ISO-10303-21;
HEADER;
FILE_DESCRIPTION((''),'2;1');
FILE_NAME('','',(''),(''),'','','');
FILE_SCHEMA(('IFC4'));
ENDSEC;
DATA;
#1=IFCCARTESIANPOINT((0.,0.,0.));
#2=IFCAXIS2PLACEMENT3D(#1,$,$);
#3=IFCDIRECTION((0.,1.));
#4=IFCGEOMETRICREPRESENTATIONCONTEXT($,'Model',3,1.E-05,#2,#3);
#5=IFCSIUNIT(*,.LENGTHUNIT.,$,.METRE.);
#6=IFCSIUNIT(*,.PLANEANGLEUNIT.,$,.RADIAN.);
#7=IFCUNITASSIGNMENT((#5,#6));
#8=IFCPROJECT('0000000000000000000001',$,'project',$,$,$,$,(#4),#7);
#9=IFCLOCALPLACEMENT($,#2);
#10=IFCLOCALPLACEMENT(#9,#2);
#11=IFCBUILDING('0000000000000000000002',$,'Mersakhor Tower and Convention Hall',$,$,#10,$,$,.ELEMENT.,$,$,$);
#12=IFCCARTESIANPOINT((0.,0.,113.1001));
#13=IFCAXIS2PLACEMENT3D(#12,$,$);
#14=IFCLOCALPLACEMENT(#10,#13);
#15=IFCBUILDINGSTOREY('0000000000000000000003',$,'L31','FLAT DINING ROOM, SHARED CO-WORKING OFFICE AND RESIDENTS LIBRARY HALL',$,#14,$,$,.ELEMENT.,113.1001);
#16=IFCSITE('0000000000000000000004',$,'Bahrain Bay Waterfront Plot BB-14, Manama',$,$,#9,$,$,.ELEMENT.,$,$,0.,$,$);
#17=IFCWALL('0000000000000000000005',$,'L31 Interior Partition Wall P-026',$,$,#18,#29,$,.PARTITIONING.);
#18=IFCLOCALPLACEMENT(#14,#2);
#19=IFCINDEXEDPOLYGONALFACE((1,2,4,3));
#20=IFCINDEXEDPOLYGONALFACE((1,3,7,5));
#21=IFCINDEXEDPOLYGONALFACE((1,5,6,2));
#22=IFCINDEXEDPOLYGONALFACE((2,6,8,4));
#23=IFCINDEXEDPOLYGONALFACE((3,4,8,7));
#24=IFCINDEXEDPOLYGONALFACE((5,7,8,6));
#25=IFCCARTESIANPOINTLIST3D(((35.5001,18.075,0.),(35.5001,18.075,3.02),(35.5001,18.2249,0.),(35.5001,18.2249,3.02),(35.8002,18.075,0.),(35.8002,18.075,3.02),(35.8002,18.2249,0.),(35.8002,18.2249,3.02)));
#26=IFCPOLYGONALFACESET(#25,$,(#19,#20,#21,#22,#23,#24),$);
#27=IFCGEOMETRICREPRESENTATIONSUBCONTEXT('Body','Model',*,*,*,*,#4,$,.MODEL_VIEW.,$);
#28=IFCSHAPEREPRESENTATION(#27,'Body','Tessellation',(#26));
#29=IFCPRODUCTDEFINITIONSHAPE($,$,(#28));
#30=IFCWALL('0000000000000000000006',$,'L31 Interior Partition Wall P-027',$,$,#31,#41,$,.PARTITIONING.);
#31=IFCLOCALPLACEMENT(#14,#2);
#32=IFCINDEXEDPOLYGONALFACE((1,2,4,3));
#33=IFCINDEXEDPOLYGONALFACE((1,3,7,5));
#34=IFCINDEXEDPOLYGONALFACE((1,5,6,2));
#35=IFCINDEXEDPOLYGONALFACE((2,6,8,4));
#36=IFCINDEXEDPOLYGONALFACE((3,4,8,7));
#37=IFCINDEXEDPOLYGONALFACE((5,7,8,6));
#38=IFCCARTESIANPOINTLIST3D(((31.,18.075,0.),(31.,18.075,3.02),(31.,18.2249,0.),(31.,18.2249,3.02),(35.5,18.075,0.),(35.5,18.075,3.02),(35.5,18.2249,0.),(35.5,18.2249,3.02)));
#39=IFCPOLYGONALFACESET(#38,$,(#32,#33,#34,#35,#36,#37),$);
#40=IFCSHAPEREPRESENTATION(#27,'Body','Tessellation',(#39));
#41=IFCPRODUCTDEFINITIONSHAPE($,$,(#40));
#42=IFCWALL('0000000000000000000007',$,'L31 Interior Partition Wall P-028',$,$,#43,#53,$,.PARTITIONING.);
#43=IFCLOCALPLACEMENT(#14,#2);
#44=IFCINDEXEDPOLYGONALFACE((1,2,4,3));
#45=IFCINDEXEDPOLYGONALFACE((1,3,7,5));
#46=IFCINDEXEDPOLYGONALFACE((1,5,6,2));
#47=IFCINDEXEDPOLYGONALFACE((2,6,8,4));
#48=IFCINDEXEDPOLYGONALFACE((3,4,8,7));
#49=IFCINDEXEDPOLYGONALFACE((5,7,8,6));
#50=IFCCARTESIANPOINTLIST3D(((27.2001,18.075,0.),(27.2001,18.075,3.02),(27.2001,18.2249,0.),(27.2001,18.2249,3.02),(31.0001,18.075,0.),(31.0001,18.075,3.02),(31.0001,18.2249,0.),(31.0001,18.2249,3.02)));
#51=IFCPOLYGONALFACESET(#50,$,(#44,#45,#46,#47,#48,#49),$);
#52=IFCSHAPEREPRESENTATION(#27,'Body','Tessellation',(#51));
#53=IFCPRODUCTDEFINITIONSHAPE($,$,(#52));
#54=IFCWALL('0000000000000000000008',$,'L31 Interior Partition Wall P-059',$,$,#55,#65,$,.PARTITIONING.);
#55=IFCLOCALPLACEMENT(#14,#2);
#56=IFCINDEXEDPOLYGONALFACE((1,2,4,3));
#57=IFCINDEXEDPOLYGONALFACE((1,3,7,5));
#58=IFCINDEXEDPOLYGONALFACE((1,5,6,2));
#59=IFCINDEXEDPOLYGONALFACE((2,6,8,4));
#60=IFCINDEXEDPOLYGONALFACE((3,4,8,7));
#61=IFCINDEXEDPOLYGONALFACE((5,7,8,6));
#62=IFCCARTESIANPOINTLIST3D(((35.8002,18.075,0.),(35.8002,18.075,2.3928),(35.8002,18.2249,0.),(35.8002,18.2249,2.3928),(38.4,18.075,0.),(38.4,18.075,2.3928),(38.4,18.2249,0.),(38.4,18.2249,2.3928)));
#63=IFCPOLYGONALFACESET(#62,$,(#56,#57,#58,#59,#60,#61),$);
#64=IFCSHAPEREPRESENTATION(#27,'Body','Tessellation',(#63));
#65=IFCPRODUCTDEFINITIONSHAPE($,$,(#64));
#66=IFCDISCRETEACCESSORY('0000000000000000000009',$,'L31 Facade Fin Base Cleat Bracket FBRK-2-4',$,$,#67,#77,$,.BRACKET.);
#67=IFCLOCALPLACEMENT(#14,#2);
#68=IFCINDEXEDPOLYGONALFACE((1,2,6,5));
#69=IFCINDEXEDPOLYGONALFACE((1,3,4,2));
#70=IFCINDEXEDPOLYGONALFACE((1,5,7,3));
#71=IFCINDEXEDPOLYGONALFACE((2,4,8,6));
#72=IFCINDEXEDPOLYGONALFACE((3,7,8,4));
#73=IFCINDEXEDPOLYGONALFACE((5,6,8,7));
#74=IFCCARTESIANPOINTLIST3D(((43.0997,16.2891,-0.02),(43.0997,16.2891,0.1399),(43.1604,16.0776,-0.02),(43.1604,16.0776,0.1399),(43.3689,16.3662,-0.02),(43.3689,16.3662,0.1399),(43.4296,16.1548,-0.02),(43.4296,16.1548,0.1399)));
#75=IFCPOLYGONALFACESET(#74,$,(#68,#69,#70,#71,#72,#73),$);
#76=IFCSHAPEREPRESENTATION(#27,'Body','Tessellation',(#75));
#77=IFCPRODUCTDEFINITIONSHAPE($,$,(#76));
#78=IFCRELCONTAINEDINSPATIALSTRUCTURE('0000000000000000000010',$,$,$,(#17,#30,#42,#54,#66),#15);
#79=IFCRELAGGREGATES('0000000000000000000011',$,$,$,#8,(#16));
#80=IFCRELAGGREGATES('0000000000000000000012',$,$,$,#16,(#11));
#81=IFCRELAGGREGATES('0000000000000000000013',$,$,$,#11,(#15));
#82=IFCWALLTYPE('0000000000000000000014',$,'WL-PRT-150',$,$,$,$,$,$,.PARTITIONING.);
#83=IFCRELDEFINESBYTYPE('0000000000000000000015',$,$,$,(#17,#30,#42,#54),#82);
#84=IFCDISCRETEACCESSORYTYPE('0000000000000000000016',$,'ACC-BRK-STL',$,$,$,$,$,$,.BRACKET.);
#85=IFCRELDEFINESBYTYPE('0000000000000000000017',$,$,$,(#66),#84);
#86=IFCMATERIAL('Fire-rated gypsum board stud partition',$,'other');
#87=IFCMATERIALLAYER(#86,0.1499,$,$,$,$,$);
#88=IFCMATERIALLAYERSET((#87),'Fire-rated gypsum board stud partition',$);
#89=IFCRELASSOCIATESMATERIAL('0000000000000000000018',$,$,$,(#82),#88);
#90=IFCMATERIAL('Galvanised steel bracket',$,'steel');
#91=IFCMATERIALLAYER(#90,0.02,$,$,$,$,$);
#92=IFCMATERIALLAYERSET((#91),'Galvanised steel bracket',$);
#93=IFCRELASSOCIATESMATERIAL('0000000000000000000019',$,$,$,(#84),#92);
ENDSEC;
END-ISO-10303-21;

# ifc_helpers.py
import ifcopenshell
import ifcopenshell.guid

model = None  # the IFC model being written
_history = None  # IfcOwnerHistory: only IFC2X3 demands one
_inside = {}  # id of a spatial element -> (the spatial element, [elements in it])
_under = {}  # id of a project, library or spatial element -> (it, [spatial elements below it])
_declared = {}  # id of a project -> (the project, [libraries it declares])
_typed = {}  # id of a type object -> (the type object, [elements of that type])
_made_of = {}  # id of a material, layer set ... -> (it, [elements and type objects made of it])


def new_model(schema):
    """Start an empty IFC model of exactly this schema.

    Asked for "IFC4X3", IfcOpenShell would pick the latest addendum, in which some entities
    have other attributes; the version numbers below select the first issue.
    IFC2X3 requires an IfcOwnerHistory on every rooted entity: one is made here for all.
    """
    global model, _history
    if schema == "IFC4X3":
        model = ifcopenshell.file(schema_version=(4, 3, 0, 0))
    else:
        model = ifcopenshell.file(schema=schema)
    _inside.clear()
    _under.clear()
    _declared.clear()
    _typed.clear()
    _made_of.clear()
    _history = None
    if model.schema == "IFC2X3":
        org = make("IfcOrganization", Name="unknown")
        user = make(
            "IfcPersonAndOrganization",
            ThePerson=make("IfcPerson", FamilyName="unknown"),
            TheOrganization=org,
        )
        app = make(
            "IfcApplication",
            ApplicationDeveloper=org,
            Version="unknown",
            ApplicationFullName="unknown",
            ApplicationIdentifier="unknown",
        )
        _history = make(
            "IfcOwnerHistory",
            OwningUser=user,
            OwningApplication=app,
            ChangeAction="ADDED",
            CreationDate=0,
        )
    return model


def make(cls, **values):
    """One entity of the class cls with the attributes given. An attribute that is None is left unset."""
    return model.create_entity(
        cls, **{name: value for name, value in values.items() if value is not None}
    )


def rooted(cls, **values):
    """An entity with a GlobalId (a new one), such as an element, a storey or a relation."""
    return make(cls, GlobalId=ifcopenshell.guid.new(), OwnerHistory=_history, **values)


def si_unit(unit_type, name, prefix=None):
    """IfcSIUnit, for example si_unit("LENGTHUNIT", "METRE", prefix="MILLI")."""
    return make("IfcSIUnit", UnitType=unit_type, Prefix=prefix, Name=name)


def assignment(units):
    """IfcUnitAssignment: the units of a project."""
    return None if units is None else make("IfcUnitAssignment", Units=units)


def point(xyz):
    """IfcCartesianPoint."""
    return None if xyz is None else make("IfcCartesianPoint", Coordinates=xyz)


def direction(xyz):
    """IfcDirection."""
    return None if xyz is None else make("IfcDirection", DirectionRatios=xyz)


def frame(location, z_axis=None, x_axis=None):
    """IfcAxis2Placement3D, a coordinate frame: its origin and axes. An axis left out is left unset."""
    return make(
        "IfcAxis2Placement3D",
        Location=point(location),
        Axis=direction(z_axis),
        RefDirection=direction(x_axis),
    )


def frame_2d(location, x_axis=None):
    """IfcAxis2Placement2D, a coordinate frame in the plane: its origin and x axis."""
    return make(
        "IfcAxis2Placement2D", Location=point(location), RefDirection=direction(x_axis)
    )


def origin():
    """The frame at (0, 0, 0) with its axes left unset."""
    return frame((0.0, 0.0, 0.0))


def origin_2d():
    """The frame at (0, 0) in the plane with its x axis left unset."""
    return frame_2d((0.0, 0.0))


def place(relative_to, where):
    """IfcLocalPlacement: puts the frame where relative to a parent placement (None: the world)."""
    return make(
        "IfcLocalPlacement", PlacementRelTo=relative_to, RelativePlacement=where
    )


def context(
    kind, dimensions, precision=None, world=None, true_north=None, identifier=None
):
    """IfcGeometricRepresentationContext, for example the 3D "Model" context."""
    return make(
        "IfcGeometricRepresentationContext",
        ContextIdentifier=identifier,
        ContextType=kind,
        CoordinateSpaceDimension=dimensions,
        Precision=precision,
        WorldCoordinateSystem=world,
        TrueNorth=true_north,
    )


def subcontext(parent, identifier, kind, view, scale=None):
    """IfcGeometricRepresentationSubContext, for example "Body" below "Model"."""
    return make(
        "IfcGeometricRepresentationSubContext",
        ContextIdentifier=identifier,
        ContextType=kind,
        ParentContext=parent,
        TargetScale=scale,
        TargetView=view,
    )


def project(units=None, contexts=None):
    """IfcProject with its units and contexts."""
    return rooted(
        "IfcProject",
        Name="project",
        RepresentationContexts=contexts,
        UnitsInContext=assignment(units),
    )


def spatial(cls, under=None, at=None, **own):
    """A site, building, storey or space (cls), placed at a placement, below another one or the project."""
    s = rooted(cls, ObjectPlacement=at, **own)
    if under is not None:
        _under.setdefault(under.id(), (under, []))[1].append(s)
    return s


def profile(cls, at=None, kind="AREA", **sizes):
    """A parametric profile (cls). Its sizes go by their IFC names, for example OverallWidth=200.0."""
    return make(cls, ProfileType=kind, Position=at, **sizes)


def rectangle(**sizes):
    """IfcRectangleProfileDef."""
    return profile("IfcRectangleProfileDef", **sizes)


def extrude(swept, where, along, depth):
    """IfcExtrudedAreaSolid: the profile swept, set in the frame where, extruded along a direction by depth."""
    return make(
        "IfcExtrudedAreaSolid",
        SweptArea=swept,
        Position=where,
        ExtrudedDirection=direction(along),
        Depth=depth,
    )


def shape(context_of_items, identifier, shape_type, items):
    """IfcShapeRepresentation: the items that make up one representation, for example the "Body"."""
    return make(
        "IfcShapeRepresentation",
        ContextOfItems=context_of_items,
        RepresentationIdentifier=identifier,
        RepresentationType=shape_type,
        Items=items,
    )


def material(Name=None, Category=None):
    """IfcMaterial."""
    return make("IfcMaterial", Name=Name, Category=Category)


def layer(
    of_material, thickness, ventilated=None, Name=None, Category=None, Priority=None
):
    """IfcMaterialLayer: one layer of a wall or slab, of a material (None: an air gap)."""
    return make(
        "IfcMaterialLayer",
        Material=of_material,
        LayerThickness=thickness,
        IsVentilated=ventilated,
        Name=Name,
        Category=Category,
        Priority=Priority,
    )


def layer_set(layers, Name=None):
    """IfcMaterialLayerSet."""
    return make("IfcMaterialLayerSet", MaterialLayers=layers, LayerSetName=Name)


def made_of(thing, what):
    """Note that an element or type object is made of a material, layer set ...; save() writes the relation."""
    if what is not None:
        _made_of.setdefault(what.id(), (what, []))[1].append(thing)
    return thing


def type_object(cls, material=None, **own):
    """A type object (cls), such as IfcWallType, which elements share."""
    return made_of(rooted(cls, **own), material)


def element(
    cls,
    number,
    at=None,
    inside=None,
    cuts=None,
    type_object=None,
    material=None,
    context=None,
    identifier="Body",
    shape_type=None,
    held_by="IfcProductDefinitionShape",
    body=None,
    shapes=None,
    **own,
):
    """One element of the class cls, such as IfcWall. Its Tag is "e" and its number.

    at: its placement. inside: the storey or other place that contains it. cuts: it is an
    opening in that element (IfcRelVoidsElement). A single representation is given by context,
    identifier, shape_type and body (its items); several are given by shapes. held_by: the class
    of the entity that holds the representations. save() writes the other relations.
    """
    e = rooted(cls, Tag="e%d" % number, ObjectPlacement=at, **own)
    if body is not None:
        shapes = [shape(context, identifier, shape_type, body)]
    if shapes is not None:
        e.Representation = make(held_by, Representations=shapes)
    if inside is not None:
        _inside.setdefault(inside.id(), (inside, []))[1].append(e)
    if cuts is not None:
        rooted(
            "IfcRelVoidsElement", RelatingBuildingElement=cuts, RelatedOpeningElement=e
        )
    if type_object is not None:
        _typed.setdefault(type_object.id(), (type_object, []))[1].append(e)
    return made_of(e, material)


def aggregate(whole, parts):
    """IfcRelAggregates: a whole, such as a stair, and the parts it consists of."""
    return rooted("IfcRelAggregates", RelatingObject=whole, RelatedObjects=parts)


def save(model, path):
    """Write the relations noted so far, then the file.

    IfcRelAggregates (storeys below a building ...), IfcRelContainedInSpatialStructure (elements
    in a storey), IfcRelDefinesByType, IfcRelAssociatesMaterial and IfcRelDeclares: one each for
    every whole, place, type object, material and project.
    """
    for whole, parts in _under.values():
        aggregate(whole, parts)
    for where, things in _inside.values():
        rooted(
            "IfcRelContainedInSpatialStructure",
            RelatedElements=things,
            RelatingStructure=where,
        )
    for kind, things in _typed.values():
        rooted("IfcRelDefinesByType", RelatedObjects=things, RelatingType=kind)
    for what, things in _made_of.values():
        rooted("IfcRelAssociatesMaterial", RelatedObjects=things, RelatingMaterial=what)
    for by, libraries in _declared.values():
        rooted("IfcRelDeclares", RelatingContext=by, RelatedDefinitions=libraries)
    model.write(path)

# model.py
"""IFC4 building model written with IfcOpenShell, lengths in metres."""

from ifc_helpers import new_model, si_unit, direction, frame, frame_2d, origin, origin_2d, place, context, subcontext, project, spatial, rectangle, extrude, material, layer, layer_set, type_object, element, save


model = new_model("IFC4")

# Units and contexts
model_context = context("Model", 3, precision=1e-05, world=origin(), true_north=direction((0.0, 1.0)))
body_context = subcontext(model_context, "Body", "Model", "MODEL_VIEW")
ifc_project = project(units=[si_unit("LENGTHUNIT", "METRE"), si_unit("PLANEANGLEUNIT", "RADIAN")], contexts=[model_context])

# Site, building, storey
site_placement = place(None, origin())
site = spatial("IfcSite", under=ifc_project, at=site_placement, Name="Bahrain Bay Waterfront Plot BB-14, Manama", CompositionType="ELEMENT", RefElevation=0.0)
building_placement = place(site_placement, origin())
building = spatial("IfcBuilding", under=site, at=building_placement, Name="Mersakhor Tower and Convention Hall", CompositionType="ELEMENT")
storey_placement = place(building_placement, frame((0.0, 0.0, 113.1001)))
storey = spatial("IfcBuildingStorey", under=building, at=storey_placement, Name="L31", Description="FLAT DINING ROOM, SHARED CO-WORKING OFFICE AND RESIDENTS LIBRARY HALL", CompositionType="ELEMENT", Elevation=113.1001)

# Walls
ifc_material_1 = material(Name="Fire-rated gypsum board stud partition", Category="other")
ifc_layer_1 = layer(ifc_material_1, 0.1499)
ifc_layer_set_1 = layer_set([ifc_layer_1], Name="Fire-rated gypsum board stud partition")
wall_type_1 = type_object("IfcWallType", Name="WL-PRT-150", PredefinedType="PARTITIONING", material=ifc_layer_set_1)
wall_1_placement = place(storey_placement, frame((35.8, 18.1499, 0.0), z_axis=(0.0, 0.0, 1.0), x_axis=(-1.0, 0.0, 0.0)))
element("IfcWall", 1, at=wall_1_placement, inside=storey, type_object=wall_type_1, Name="L31 Interior Partition Wall P-026", PredefinedType="PARTITIONING", context=body_context, shape_type="SweptSolid", body=[
    extrude(rectangle(XDim=0.3, YDim=0.1499, at=frame_2d((0.1499, 0.0))), origin(), (0.0, 0.0, 1.0), 3.02),
])
wall_2_placement = place(storey_placement, frame((35.5, 18.1499, 0.0), z_axis=(0.0, 0.0, 1.0), x_axis=(-1.0, 0.0, 0.0)))
element("IfcWall", 2, at=wall_2_placement, inside=storey, type_object=wall_type_1, Name="L31 Interior Partition Wall P-027", PredefinedType="PARTITIONING", context=body_context, shape_type="SweptSolid", body=[
    extrude(rectangle(XDim=4.5, YDim=0.1499, at=frame_2d((2.25, 0.0))), origin(), (0.0, 0.0, 1.0), 3.02),
])
wall_3_placement = place(storey_placement, frame((31.0, 18.1499, 0.0), z_axis=(0.0, 0.0, 1.0), x_axis=(-1.0, 0.0, 0.0)))
element("IfcWall", 3, at=wall_3_placement, inside=storey, type_object=wall_type_1, Name="L31 Interior Partition Wall P-028", PredefinedType="PARTITIONING", context=body_context, shape_type="SweptSolid", body=[
    extrude(rectangle(XDim=3.8, YDim=0.1499, at=frame_2d((1.8999, 0.0))), origin(), (0.0, 0.0, 1.0), 3.02),
])
wall_4_placement = place(storey_placement, frame((38.3999, 18.1499, 0.0), z_axis=(0.0, 0.0, 1.0), x_axis=(-1.0, 0.0, 0.0)))
element("IfcWall", 4, at=wall_4_placement, inside=storey, type_object=wall_type_1, Name="L31 Interior Partition Wall P-059", PredefinedType="PARTITIONING", context=body_context, shape_type="SweptSolid", body=[
    extrude(rectangle(XDim=2.5999, YDim=0.1499, at=frame_2d((1.2998, 0.0))), origin(), (0.0, 0.0, 1.0), 2.3928),
])

# Discrete accessory
ifc_material_2 = material(Name="Galvanised steel bracket", Category="steel")
ifc_layer_2 = layer(ifc_material_2, 0.02)
ifc_layer_set_2 = layer_set([ifc_layer_2], Name="Galvanised steel bracket")
discrete_accessory_type = type_object("IfcDiscreteAccessoryType", Name="ACC-BRK-STL", PredefinedType="BRACKET", material=ifc_layer_set_2)
discrete_accessory_placement = place(storey_placement, frame((43.2646, 16.2219, -0.02), z_axis=(0.0, 0.0, 1.0), x_axis=(0.961262, 0.275637, 0.0)))
element("IfcDiscreteAccessory", 5, at=discrete_accessory_placement, inside=storey, type_object=discrete_accessory_type, Name="L31 Facade Fin Base Cleat Bracket FBRK-2-4", PredefinedType="BRACKET", context=body_context, shape_type="SweptSolid", body=[
    extrude(rectangle(XDim=0.28, YDim=0.22, at=origin_2d()), origin(), (0.0, 0.0, 1.0), 0.1599),
])

save(model, "model.ifc")
